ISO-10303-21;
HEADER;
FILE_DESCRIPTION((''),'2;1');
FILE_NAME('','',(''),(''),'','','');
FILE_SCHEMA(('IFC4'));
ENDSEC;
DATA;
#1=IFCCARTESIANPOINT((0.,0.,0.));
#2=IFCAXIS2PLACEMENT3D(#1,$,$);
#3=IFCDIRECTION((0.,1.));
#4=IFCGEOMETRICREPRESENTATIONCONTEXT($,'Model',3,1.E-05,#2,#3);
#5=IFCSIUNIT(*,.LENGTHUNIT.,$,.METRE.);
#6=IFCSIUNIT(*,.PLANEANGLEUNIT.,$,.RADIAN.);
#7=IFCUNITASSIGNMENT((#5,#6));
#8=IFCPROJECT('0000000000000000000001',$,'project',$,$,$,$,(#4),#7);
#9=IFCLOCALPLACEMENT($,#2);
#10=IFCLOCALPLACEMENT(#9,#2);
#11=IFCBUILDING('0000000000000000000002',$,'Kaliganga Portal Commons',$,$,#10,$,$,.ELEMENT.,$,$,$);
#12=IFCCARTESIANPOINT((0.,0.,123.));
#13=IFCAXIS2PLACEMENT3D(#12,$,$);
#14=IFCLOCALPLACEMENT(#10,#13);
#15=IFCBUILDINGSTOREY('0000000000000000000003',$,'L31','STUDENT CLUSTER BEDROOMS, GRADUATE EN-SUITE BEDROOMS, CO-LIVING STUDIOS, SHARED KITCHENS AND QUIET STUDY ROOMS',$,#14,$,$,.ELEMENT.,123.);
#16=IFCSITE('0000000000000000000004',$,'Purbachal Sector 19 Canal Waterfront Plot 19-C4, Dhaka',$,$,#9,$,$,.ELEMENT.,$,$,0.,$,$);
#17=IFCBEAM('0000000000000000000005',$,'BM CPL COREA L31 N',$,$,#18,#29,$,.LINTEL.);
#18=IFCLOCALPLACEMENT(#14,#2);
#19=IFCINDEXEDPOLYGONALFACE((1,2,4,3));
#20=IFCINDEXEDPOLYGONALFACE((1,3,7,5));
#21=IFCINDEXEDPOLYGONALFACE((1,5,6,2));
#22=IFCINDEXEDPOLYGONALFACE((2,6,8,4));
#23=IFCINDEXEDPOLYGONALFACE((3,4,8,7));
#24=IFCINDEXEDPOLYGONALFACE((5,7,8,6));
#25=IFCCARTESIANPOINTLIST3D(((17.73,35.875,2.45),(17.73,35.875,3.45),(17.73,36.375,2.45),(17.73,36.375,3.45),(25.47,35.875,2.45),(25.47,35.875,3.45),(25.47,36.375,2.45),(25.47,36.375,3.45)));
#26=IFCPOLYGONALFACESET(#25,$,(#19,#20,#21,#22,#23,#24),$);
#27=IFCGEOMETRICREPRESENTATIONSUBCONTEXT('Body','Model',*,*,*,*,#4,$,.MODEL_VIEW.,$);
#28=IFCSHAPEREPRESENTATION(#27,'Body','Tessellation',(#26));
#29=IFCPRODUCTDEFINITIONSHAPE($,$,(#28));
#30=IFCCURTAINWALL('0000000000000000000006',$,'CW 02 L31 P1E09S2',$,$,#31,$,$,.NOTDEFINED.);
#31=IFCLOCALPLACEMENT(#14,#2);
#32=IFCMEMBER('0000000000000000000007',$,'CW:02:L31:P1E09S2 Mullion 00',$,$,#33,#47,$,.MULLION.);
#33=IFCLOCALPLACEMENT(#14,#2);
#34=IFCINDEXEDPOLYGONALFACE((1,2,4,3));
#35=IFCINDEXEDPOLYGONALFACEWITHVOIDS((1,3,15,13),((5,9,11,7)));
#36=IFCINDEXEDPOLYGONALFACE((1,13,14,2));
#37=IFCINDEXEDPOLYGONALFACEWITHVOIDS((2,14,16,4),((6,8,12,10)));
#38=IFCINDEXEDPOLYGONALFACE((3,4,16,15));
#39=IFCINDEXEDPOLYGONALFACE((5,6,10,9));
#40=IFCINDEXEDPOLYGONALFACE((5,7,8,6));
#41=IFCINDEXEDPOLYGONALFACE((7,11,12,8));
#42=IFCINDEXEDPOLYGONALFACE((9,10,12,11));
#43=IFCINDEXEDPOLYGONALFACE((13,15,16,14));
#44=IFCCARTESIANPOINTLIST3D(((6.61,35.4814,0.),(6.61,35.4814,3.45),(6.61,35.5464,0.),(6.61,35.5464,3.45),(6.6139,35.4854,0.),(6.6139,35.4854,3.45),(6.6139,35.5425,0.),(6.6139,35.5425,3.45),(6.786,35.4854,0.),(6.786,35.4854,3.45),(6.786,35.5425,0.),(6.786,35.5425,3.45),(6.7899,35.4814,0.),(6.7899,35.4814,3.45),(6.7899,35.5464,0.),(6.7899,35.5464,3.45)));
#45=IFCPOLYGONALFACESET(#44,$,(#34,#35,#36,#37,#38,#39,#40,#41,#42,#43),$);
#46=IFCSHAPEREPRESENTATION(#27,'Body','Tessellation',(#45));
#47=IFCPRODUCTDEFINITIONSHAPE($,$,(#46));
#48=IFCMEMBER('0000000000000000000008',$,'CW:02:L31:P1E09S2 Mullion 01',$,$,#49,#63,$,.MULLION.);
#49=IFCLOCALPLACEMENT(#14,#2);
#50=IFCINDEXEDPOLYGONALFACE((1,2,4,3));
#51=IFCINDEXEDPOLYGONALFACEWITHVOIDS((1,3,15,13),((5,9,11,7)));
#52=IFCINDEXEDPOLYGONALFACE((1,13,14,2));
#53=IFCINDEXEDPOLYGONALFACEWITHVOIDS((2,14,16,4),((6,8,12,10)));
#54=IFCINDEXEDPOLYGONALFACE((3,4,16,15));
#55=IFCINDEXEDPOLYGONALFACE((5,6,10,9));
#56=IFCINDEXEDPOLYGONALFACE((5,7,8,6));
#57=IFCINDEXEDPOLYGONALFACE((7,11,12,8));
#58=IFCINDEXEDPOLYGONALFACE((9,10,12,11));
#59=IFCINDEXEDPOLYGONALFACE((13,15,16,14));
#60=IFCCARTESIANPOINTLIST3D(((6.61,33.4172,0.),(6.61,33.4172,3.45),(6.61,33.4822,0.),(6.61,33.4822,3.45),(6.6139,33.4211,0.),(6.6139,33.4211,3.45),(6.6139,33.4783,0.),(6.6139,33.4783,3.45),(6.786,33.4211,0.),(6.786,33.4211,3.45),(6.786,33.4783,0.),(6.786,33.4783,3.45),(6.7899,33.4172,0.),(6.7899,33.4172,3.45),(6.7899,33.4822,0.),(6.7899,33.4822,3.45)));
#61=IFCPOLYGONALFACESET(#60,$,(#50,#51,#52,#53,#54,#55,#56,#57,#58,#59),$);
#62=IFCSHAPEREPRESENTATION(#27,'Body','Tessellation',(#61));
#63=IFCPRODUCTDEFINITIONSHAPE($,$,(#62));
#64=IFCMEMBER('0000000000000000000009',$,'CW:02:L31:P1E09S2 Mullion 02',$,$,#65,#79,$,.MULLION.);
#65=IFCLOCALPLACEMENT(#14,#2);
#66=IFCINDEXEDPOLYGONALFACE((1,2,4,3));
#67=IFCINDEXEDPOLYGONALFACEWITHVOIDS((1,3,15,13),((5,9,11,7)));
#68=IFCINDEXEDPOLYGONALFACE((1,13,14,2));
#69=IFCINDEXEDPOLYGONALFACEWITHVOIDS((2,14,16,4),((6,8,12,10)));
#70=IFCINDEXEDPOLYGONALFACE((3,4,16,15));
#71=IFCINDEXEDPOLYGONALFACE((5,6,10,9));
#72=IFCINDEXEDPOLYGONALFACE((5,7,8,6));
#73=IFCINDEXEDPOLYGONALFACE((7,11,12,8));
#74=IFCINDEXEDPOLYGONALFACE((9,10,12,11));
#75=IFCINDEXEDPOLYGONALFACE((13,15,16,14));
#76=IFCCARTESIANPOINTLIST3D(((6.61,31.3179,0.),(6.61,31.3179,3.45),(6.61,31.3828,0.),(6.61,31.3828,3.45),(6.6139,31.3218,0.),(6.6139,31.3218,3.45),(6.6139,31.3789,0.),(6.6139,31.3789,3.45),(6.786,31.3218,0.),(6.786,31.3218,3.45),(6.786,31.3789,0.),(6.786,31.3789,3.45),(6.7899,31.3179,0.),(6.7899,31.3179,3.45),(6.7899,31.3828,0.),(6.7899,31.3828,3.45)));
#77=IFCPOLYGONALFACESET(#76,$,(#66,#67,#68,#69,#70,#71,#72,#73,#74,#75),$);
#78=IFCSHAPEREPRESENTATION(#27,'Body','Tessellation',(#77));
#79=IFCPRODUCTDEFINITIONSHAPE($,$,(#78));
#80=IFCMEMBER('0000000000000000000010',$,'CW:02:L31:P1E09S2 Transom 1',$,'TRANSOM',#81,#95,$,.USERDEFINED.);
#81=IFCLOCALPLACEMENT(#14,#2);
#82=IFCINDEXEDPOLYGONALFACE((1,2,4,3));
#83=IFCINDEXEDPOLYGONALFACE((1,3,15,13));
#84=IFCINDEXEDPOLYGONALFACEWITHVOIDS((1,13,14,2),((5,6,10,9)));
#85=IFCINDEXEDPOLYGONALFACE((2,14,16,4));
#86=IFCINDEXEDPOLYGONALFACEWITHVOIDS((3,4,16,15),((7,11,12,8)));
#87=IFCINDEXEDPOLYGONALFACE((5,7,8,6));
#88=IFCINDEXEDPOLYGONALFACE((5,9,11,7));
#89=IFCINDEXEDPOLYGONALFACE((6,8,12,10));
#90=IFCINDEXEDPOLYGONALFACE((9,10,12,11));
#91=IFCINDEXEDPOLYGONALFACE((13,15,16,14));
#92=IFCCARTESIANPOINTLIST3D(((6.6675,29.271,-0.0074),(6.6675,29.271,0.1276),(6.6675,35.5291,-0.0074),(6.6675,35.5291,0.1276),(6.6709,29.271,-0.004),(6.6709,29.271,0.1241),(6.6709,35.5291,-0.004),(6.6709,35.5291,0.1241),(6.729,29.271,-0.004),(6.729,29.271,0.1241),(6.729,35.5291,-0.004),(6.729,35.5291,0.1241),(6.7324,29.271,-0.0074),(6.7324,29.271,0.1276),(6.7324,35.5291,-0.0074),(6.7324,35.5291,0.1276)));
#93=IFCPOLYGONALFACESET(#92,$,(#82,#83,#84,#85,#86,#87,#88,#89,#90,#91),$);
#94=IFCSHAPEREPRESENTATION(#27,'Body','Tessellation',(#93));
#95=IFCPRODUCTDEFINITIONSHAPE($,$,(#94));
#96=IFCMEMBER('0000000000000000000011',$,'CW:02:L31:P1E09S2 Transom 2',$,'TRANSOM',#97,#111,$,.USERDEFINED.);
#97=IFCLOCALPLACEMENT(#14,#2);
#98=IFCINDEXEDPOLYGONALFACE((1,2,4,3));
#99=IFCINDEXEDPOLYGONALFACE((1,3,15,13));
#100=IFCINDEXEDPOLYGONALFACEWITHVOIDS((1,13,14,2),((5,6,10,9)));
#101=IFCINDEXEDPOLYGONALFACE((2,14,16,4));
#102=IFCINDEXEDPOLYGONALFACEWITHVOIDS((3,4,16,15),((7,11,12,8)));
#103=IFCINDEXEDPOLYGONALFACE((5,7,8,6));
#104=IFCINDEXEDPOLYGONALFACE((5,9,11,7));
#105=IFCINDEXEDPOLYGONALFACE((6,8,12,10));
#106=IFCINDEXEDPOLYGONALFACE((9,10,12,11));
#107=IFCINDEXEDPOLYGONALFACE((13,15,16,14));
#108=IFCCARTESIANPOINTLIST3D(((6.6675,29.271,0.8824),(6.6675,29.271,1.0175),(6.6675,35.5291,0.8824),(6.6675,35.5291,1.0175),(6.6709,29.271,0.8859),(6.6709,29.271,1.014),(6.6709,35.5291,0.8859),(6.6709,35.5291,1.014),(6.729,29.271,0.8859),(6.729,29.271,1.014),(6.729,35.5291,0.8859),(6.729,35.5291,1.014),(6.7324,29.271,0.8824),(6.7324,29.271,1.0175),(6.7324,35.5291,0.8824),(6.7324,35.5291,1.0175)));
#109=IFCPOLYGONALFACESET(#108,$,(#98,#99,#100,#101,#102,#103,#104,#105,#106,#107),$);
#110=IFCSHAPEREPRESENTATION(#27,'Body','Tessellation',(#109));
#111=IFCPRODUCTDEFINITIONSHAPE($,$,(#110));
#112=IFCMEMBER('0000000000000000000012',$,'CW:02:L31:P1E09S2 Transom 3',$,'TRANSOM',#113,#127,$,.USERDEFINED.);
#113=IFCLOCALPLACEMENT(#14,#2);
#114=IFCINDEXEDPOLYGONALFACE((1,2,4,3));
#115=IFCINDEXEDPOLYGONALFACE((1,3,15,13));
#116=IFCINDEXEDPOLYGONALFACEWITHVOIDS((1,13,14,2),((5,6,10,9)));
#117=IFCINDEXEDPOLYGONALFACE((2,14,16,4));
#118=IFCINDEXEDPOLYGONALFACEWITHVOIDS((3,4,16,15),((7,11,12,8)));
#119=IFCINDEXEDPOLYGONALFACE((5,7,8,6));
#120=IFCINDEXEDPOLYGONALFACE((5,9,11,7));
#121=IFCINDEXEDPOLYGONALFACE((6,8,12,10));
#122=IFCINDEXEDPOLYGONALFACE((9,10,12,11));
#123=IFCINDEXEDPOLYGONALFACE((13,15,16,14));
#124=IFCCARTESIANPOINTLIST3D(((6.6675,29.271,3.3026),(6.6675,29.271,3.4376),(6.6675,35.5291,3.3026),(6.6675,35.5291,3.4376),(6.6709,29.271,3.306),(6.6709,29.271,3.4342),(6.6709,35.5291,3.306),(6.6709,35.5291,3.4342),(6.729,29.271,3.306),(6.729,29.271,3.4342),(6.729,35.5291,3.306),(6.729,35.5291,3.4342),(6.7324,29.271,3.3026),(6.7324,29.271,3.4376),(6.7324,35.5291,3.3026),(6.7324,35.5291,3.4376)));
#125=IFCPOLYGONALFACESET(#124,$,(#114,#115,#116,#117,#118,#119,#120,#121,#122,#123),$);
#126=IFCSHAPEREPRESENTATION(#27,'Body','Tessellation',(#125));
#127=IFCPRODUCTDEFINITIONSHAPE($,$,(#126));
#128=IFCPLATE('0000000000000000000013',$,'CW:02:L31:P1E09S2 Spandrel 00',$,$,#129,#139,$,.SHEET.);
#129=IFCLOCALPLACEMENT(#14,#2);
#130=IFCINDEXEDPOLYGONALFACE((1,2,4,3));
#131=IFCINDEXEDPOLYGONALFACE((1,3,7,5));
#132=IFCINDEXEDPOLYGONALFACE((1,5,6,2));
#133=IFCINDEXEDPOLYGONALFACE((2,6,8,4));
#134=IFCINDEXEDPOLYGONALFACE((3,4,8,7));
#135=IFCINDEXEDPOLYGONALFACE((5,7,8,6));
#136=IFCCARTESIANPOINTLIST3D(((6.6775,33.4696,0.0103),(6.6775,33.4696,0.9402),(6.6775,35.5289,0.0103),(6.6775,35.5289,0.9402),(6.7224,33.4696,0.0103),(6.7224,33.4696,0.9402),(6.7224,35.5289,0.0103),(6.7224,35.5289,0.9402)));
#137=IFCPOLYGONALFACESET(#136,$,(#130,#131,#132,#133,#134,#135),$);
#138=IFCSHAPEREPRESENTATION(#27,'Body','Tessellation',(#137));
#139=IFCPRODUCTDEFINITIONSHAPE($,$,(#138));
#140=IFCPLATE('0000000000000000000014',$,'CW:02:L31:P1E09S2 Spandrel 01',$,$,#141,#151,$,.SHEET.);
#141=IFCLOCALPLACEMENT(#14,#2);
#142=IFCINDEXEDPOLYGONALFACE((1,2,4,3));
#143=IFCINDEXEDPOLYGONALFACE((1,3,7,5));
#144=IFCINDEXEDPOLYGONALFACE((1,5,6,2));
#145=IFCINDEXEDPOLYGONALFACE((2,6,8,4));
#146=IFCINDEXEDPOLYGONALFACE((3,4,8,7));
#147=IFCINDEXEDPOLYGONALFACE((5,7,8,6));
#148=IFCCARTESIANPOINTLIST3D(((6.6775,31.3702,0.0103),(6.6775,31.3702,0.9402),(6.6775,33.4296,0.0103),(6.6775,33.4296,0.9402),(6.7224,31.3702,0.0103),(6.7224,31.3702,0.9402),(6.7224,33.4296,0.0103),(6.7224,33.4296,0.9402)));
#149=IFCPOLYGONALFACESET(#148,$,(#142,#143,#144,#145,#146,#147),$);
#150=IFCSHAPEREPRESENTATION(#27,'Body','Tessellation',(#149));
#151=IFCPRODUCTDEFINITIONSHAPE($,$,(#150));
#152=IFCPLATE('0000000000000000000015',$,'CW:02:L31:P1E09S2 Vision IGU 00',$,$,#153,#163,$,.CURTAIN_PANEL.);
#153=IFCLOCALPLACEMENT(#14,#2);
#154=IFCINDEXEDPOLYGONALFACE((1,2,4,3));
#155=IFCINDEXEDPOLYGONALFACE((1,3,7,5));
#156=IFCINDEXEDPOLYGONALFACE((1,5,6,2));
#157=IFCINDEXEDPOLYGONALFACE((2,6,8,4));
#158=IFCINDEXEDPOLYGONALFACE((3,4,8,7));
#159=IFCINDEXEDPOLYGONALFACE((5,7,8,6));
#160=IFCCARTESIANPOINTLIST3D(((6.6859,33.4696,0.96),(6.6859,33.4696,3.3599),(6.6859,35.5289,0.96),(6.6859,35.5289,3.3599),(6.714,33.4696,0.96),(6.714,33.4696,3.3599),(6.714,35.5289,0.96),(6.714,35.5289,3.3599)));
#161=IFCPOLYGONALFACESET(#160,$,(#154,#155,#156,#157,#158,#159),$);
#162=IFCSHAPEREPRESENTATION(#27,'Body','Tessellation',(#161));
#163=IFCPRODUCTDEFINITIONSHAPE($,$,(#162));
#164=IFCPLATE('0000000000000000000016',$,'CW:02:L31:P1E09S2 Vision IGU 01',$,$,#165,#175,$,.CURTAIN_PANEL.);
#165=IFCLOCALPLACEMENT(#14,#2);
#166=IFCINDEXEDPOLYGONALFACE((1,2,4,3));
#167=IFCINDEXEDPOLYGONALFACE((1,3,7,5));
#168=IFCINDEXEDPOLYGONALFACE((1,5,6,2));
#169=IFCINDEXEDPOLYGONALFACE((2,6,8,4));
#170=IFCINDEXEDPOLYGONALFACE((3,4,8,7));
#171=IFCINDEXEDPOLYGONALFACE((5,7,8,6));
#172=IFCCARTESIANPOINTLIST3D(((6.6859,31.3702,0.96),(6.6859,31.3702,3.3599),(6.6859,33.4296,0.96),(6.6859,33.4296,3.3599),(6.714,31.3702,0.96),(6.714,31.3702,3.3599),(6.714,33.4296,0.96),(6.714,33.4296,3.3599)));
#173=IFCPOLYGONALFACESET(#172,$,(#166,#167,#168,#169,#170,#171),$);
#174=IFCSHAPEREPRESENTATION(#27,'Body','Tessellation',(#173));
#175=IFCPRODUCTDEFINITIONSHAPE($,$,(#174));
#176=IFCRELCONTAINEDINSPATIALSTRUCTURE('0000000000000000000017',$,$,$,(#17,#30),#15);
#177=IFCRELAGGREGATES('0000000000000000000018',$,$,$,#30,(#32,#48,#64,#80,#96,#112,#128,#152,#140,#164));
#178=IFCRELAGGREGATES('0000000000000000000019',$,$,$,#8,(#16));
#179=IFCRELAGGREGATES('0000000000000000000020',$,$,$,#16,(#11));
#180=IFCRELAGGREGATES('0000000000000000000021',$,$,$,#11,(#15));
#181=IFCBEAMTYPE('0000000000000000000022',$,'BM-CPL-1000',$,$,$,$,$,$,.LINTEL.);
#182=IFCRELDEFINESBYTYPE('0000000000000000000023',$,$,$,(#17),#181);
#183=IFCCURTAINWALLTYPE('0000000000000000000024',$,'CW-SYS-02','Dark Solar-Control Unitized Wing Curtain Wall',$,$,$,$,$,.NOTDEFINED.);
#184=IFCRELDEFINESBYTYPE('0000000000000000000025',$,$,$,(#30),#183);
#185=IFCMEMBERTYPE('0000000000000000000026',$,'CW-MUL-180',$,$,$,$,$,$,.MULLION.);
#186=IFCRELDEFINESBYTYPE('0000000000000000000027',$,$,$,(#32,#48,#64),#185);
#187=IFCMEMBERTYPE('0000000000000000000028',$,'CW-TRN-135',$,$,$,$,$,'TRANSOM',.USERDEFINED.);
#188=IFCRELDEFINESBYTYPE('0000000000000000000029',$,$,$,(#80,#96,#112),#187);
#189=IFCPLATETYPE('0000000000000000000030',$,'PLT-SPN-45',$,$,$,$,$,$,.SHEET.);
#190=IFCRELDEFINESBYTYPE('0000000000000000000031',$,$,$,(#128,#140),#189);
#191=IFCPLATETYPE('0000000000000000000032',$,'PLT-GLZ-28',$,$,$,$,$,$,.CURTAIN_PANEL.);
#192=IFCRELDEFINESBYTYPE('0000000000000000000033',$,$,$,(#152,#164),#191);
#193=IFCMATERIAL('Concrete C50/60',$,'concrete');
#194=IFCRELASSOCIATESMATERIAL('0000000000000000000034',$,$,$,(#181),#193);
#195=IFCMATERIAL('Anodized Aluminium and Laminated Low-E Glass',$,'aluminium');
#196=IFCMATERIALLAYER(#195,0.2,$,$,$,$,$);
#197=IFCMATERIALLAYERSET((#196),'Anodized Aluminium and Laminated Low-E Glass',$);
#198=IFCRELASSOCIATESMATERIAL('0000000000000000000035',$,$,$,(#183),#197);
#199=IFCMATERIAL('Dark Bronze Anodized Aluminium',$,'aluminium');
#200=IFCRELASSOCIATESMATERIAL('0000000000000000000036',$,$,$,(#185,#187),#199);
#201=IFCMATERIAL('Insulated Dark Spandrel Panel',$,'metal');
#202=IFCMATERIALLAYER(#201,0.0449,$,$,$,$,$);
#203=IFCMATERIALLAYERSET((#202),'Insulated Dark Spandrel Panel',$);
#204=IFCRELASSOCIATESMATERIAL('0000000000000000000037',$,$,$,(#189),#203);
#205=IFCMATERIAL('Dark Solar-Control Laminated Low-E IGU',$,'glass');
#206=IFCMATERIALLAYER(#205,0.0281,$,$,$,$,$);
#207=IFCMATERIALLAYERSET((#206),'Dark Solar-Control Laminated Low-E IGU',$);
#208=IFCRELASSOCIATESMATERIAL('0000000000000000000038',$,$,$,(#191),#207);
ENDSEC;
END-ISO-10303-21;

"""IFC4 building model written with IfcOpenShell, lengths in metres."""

from ifc_helpers import new_model, si_unit, direction, frame, origin, origin_2d, place, context, subcontext, project, spatial, rectangle, hollow_rectangle, extrude, source, transform, mapped, material, layer, layer_set, material_profile, profile_set, type_object, element, aggregate, save


model = new_model("IFC4")

# Units and contexts
model_context = context("Model", 3, precision=1e-05, world=origin(), true_north=direction((0.0, 1.0)))
body_context = subcontext(model_context, "Body", "Model", "MODEL_VIEW")
ifc_project = project(units=[si_unit("LENGTHUNIT", "METRE"), si_unit("PLANEANGLEUNIT", "RADIAN")], contexts=[model_context])

# Site, building, storey
site_placement = place(None, origin())
site = spatial("IfcSite", under=ifc_project, at=site_placement, Name="Purbachal Sector 19 Canal Waterfront Plot 19-C4, Dhaka", CompositionType="ELEMENT", RefElevation=0.0)
building_placement = place(site_placement, origin())
building = spatial("IfcBuilding", under=site, at=building_placement, Name="Kaliganga Portal Commons", CompositionType="ELEMENT")
storey_placement = place(building_placement, frame((0.0, 0.0, 123.0)))
storey = spatial("IfcBuildingStorey", under=building, at=storey_placement, Name="L31", Description="STUDENT CLUSTER BEDROOMS, GRADUATE EN-SUITE BEDROOMS, CO-LIVING STUDIOS, SHARED KITCHENS AND QUIET STUDY ROOMS", CompositionType="ELEMENT", Elevation=123.0)

# Beam
ifc_material_1 = material(Name="Concrete C50/60", Category="concrete")
ifc_material_profile_1 = material_profile(ifc_material_1, rectangle(XDim=0.5, YDim=1.0, at=origin_2d()), Name="RC 500x1000")
ifc_profile_set_1 = profile_set([ifc_material_profile_1], Name="Concrete C50/60")
beam_type = type_object("IfcBeamType", Name="BM-CPL-1000", PredefinedType="LINTEL", material=ifc_profile_set_1)
shared_shape_1 = source(origin(), body_context, "Body", "SweptSolid", [
    extrude(rectangle(XDim=0.5, YDim=1.0, at=origin_2d()), origin(), (0.0, 0.0, 1.0), 7.74),
])
beam_placement = place(storey_placement, frame((17.73, 36.125, 2.95), z_axis=(1.0, 0.0, 0.0), x_axis=(0.0, 1.0, 0.0)))
element("IfcBeam", 1, at=beam_placement, inside=storey, type_object=beam_type, Name="BM CPL COREA L31 N", PredefinedType="LINTEL", context=body_context, shape_type="MappedRepresentation", body=[
    mapped(shared_shape_1, transform((0.0, 0.0, 0.0), x_axis=(1.0, 0.0, 0.0), y_axis=(0.0, 1.0, 0.0), z_axis=(0.0, 0.0, 1.0), scale=1.0)),
])

# Curtain wall, members, plates
ifc_material_2 = material(Name="Anodized Aluminium and Laminated Low-E Glass", Category="aluminium")
ifc_layer_1 = layer(ifc_material_2, 0.2)
ifc_layer_set_1 = layer_set([ifc_layer_1], Name="Anodized Aluminium and Laminated Low-E Glass")
curtain_wall_type = type_object("IfcCurtainWallType", Name="CW-SYS-02", Description="Dark Solar-Control Unitized Wing Curtain Wall", PredefinedType="NOTDEFINED", material=ifc_layer_set_1)
curtain_wall_placement = place(storey_placement, origin())
curtain_wall = element("IfcCurtainWall", 2, at=curtain_wall_placement, inside=storey, type_object=curtain_wall_type, Name="CW 02 L31 P1E09S2", PredefinedType="NOTDEFINED")
ifc_material_3 = material(Name="Dark Bronze Anodized Aluminium", Category="aluminium")
ifc_material_profile_2 = material_profile(ifc_material_3, hollow_rectangle(XDim=0.0649, YDim=0.1799, WallThickness=0.0039, at=origin_2d()), Name="ALU MULL 65x180x4")
ifc_profile_set_2 = profile_set([ifc_material_profile_2], Name="Dark Bronze Anodized Aluminium")
member_type_1 = type_object("IfcMemberType", Name="CW-MUL-180", PredefinedType="MULLION", material=ifc_profile_set_2)
shared_shape_2 = source(origin(), body_context, "Body", "SweptSolid", [
    extrude(hollow_rectangle(XDim=0.0649, YDim=0.1799, WallThickness=0.0039, at=origin_2d()), origin(), (0.0, 0.0, 1.0), 3.45),
])
member_1_placement = place(storey_placement, frame((6.7, 35.5139, 0.0), z_axis=(0.0, 0.0, 1.0), x_axis=(0.0, -1.0, 0.0)))
member_1 = element("IfcMember", 3, at=member_1_placement, type_object=member_type_1, Name="CW:02:L31:P1E09S2 Mullion 00", PredefinedType="MULLION", context=body_context, shape_type="MappedRepresentation", body=[
    mapped(shared_shape_2, transform((0.0, 0.0, 0.0), x_axis=(1.0, 0.0, 0.0), y_axis=(0.0, 1.0, 0.0), z_axis=(0.0, 0.0, 1.0), scale=1.0)),
])
member_2_placement = place(storey_placement, frame((6.7, 33.4497, 0.0), z_axis=(0.0, 0.0, 1.0), x_axis=(0.0, -1.0, 0.0)))
member_2 = element("IfcMember", 4, at=member_2_placement, type_object=member_type_1, Name="CW:02:L31:P1E09S2 Mullion 01", PredefinedType="MULLION", context=body_context, shape_type="MappedRepresentation", body=[
    mapped(shared_shape_2, transform((0.0, 0.0, 0.0), x_axis=(1.0, 0.0, 0.0), y_axis=(0.0, 1.0, 0.0), z_axis=(0.0, 0.0, 1.0), scale=1.0)),
])
member_3_placement = place(storey_placement, frame((6.7, 31.3503, 0.0), z_axis=(0.0, 0.0, 1.0), x_axis=(0.0, -1.0, 0.0)))
member_3 = element("IfcMember", 5, at=member_3_placement, type_object=member_type_1, Name="CW:02:L31:P1E09S2 Mullion 02", PredefinedType="MULLION", context=body_context, shape_type="MappedRepresentation", body=[
    mapped(shared_shape_2, transform((0.0, 0.0, 0.0), x_axis=(1.0, 0.0, 0.0), y_axis=(0.0, 1.0, 0.0), z_axis=(0.0, 0.0, 1.0), scale=1.0)),
])
ifc_material_profile_3 = material_profile(ifc_material_3, hollow_rectangle(XDim=0.0649, YDim=0.135, WallThickness=0.0034, at=origin_2d()), Name="ALU TRAN 65x135x3.5")
ifc_profile_set_3 = profile_set([ifc_material_profile_3], Name="Dark Bronze Anodized Aluminium")
member_type_2 = type_object("IfcMemberType", Name="CW-TRN-135", ElementType="TRANSOM", PredefinedType="USERDEFINED", material=ifc_profile_set_3)
shared_shape_3 = source(origin(), body_context, "Body", "SweptSolid", [
    extrude(hollow_rectangle(XDim=0.0649, YDim=0.135, WallThickness=0.0034, at=origin_2d()), origin(), (0.0, 0.0, 1.0), 6.2581),
])
member_4_placement = place(storey_placement, frame((6.7, 35.5291, 0.0601), z_axis=(0.0, -1.0, 0.0), x_axis=(1.0, 0.0, 0.0)))
member_4 = element("IfcMember", 6, at=member_4_placement, type_object=member_type_2, Name="CW:02:L31:P1E09S2 Transom 1", ObjectType="TRANSOM", PredefinedType="USERDEFINED", context=body_context, shape_type="MappedRepresentation", body=[
    mapped(shared_shape_3, transform((0.0, 0.0, 0.0), x_axis=(1.0, 0.0, 0.0), y_axis=(0.0, 1.0, 0.0), z_axis=(0.0, 0.0, 1.0), scale=1.0)),
])
member_5_placement = place(storey_placement, frame((6.7, 35.5291, 0.95), z_axis=(0.0, -1.0, 0.0), x_axis=(1.0, 0.0, 0.0)))
member_5 = element("IfcMember", 7, at=member_5_placement, type_object=member_type_2, Name="CW:02:L31:P1E09S2 Transom 2", ObjectType="TRANSOM", PredefinedType="USERDEFINED", context=body_context, shape_type="MappedRepresentation", body=[
    mapped(shared_shape_3, transform((0.0, 0.0, 0.0), x_axis=(1.0, 0.0, 0.0), y_axis=(0.0, 1.0, 0.0), z_axis=(0.0, 0.0, 1.0), scale=1.0)),
])
member_6_placement = place(storey_placement, frame((6.7, 35.5291, 3.3701), z_axis=(0.0, -1.0, 0.0), x_axis=(1.0, 0.0, 0.0)))
member_6 = element("IfcMember", 8, at=member_6_placement, type_object=member_type_2, Name="CW:02:L31:P1E09S2 Transom 3", ObjectType="TRANSOM", PredefinedType="USERDEFINED", context=body_context, shape_type="MappedRepresentation", body=[
    mapped(shared_shape_3, transform((0.0, 0.0, 0.0), x_axis=(1.0, 0.0, 0.0), y_axis=(0.0, 1.0, 0.0), z_axis=(0.0, 0.0, 1.0), scale=1.0)),
])
ifc_material_4 = material(Name="Insulated Dark Spandrel Panel", Category="metal")
ifc_layer_2 = layer(ifc_material_4, 0.0449)
ifc_layer_set_2 = layer_set([ifc_layer_2], Name="Insulated Dark Spandrel Panel")
plate_type_1 = type_object("IfcPlateType", Name="PLT-SPN-45", PredefinedType="SHEET", material=ifc_layer_set_2)
shared_shape_4 = source(origin(), body_context, "Body", "SweptSolid", [
    extrude(rectangle(XDim=2.0593, YDim=0.0449, at=origin_2d()), origin(), (0.0, 0.0, 1.0), 0.9299),
])
plate_1_placement = place(storey_placement, frame((6.7, 34.4993, 0.0103), z_axis=(0.0, 0.0, 1.0), x_axis=(0.0, -1.0, 0.0)))
plate_1 = element("IfcPlate", 9, at=plate_1_placement, type_object=plate_type_1, Name="CW:02:L31:P1E09S2 Spandrel 00", PredefinedType="SHEET", context=body_context, shape_type="MappedRepresentation", body=[
    mapped(shared_shape_4, transform((0.0, 0.0, 0.0), x_axis=(1.0, 0.0, 0.0), y_axis=(0.0, 1.0, 0.0), z_axis=(0.0, 0.0, 1.0), scale=1.0)),
])
plate_2_placement = place(storey_placement, frame((6.7, 32.3999, 0.0103), z_axis=(0.0, 0.0, 1.0), x_axis=(0.0, -1.0, 0.0)))
plate_2 = element("IfcPlate", 10, at=plate_2_placement, type_object=plate_type_1, Name="CW:02:L31:P1E09S2 Spandrel 01", PredefinedType="SHEET", context=body_context, shape_type="MappedRepresentation", body=[
    mapped(shared_shape_4, transform((0.0, 0.0, 0.0), x_axis=(1.0, 0.0, 0.0), y_axis=(0.0, 1.0, 0.0), z_axis=(0.0, 0.0, 1.0), scale=1.0)),
])
ifc_material_5 = material(Name="Dark Solar-Control Laminated Low-E IGU", Category="glass")
ifc_layer_3 = layer(ifc_material_5, 0.0281)
ifc_layer_set_3 = layer_set([ifc_layer_3], Name="Dark Solar-Control Laminated Low-E IGU")
plate_type_2 = type_object("IfcPlateType", Name="PLT-GLZ-28", PredefinedType="CURTAIN_PANEL", material=ifc_layer_set_3)
shared_shape_5 = source(origin(), body_context, "Body", "SweptSolid", [
    extrude(rectangle(XDim=2.0593, YDim=0.0281, at=origin_2d()), origin(), (0.0, 0.0, 1.0), 2.3999),
])
plate_3_placement = place(storey_placement, frame((6.7, 34.4993, 0.96), z_axis=(0.0, 0.0, 1.0), x_axis=(0.0, -1.0, 0.0)))
plate_3 = element("IfcPlate", 11, at=plate_3_placement, type_object=plate_type_2, Name="CW:02:L31:P1E09S2 Vision IGU 00", PredefinedType="CURTAIN_PANEL", context=body_context, shape_type="MappedRepresentation", body=[
    mapped(shared_shape_5, transform((0.0, 0.0, 0.0), x_axis=(1.0, 0.0, 0.0), y_axis=(0.0, 1.0, 0.0), z_axis=(0.0, 0.0, 1.0), scale=1.0)),
])
plate_4_placement = place(storey_placement, frame((6.7, 32.3999, 0.96), z_axis=(0.0, 0.0, 1.0), x_axis=(0.0, -1.0, 0.0)))
plate_4 = element("IfcPlate", 12, at=plate_4_placement, type_object=plate_type_2, Name="CW:02:L31:P1E09S2 Vision IGU 01", PredefinedType="CURTAIN_PANEL", context=body_context, shape_type="MappedRepresentation", body=[
    mapped(shared_shape_5, transform((0.0, 0.0, 0.0), x_axis=(1.0, 0.0, 0.0), y_axis=(0.0, 1.0, 0.0), z_axis=(0.0, 0.0, 1.0), scale=1.0)),
])
aggregate(curtain_wall, [member_1, member_2, member_3, member_4, member_5, member_6, plate_1, plate_3, plate_2, plate_4])

save(model, "model.ifc")
